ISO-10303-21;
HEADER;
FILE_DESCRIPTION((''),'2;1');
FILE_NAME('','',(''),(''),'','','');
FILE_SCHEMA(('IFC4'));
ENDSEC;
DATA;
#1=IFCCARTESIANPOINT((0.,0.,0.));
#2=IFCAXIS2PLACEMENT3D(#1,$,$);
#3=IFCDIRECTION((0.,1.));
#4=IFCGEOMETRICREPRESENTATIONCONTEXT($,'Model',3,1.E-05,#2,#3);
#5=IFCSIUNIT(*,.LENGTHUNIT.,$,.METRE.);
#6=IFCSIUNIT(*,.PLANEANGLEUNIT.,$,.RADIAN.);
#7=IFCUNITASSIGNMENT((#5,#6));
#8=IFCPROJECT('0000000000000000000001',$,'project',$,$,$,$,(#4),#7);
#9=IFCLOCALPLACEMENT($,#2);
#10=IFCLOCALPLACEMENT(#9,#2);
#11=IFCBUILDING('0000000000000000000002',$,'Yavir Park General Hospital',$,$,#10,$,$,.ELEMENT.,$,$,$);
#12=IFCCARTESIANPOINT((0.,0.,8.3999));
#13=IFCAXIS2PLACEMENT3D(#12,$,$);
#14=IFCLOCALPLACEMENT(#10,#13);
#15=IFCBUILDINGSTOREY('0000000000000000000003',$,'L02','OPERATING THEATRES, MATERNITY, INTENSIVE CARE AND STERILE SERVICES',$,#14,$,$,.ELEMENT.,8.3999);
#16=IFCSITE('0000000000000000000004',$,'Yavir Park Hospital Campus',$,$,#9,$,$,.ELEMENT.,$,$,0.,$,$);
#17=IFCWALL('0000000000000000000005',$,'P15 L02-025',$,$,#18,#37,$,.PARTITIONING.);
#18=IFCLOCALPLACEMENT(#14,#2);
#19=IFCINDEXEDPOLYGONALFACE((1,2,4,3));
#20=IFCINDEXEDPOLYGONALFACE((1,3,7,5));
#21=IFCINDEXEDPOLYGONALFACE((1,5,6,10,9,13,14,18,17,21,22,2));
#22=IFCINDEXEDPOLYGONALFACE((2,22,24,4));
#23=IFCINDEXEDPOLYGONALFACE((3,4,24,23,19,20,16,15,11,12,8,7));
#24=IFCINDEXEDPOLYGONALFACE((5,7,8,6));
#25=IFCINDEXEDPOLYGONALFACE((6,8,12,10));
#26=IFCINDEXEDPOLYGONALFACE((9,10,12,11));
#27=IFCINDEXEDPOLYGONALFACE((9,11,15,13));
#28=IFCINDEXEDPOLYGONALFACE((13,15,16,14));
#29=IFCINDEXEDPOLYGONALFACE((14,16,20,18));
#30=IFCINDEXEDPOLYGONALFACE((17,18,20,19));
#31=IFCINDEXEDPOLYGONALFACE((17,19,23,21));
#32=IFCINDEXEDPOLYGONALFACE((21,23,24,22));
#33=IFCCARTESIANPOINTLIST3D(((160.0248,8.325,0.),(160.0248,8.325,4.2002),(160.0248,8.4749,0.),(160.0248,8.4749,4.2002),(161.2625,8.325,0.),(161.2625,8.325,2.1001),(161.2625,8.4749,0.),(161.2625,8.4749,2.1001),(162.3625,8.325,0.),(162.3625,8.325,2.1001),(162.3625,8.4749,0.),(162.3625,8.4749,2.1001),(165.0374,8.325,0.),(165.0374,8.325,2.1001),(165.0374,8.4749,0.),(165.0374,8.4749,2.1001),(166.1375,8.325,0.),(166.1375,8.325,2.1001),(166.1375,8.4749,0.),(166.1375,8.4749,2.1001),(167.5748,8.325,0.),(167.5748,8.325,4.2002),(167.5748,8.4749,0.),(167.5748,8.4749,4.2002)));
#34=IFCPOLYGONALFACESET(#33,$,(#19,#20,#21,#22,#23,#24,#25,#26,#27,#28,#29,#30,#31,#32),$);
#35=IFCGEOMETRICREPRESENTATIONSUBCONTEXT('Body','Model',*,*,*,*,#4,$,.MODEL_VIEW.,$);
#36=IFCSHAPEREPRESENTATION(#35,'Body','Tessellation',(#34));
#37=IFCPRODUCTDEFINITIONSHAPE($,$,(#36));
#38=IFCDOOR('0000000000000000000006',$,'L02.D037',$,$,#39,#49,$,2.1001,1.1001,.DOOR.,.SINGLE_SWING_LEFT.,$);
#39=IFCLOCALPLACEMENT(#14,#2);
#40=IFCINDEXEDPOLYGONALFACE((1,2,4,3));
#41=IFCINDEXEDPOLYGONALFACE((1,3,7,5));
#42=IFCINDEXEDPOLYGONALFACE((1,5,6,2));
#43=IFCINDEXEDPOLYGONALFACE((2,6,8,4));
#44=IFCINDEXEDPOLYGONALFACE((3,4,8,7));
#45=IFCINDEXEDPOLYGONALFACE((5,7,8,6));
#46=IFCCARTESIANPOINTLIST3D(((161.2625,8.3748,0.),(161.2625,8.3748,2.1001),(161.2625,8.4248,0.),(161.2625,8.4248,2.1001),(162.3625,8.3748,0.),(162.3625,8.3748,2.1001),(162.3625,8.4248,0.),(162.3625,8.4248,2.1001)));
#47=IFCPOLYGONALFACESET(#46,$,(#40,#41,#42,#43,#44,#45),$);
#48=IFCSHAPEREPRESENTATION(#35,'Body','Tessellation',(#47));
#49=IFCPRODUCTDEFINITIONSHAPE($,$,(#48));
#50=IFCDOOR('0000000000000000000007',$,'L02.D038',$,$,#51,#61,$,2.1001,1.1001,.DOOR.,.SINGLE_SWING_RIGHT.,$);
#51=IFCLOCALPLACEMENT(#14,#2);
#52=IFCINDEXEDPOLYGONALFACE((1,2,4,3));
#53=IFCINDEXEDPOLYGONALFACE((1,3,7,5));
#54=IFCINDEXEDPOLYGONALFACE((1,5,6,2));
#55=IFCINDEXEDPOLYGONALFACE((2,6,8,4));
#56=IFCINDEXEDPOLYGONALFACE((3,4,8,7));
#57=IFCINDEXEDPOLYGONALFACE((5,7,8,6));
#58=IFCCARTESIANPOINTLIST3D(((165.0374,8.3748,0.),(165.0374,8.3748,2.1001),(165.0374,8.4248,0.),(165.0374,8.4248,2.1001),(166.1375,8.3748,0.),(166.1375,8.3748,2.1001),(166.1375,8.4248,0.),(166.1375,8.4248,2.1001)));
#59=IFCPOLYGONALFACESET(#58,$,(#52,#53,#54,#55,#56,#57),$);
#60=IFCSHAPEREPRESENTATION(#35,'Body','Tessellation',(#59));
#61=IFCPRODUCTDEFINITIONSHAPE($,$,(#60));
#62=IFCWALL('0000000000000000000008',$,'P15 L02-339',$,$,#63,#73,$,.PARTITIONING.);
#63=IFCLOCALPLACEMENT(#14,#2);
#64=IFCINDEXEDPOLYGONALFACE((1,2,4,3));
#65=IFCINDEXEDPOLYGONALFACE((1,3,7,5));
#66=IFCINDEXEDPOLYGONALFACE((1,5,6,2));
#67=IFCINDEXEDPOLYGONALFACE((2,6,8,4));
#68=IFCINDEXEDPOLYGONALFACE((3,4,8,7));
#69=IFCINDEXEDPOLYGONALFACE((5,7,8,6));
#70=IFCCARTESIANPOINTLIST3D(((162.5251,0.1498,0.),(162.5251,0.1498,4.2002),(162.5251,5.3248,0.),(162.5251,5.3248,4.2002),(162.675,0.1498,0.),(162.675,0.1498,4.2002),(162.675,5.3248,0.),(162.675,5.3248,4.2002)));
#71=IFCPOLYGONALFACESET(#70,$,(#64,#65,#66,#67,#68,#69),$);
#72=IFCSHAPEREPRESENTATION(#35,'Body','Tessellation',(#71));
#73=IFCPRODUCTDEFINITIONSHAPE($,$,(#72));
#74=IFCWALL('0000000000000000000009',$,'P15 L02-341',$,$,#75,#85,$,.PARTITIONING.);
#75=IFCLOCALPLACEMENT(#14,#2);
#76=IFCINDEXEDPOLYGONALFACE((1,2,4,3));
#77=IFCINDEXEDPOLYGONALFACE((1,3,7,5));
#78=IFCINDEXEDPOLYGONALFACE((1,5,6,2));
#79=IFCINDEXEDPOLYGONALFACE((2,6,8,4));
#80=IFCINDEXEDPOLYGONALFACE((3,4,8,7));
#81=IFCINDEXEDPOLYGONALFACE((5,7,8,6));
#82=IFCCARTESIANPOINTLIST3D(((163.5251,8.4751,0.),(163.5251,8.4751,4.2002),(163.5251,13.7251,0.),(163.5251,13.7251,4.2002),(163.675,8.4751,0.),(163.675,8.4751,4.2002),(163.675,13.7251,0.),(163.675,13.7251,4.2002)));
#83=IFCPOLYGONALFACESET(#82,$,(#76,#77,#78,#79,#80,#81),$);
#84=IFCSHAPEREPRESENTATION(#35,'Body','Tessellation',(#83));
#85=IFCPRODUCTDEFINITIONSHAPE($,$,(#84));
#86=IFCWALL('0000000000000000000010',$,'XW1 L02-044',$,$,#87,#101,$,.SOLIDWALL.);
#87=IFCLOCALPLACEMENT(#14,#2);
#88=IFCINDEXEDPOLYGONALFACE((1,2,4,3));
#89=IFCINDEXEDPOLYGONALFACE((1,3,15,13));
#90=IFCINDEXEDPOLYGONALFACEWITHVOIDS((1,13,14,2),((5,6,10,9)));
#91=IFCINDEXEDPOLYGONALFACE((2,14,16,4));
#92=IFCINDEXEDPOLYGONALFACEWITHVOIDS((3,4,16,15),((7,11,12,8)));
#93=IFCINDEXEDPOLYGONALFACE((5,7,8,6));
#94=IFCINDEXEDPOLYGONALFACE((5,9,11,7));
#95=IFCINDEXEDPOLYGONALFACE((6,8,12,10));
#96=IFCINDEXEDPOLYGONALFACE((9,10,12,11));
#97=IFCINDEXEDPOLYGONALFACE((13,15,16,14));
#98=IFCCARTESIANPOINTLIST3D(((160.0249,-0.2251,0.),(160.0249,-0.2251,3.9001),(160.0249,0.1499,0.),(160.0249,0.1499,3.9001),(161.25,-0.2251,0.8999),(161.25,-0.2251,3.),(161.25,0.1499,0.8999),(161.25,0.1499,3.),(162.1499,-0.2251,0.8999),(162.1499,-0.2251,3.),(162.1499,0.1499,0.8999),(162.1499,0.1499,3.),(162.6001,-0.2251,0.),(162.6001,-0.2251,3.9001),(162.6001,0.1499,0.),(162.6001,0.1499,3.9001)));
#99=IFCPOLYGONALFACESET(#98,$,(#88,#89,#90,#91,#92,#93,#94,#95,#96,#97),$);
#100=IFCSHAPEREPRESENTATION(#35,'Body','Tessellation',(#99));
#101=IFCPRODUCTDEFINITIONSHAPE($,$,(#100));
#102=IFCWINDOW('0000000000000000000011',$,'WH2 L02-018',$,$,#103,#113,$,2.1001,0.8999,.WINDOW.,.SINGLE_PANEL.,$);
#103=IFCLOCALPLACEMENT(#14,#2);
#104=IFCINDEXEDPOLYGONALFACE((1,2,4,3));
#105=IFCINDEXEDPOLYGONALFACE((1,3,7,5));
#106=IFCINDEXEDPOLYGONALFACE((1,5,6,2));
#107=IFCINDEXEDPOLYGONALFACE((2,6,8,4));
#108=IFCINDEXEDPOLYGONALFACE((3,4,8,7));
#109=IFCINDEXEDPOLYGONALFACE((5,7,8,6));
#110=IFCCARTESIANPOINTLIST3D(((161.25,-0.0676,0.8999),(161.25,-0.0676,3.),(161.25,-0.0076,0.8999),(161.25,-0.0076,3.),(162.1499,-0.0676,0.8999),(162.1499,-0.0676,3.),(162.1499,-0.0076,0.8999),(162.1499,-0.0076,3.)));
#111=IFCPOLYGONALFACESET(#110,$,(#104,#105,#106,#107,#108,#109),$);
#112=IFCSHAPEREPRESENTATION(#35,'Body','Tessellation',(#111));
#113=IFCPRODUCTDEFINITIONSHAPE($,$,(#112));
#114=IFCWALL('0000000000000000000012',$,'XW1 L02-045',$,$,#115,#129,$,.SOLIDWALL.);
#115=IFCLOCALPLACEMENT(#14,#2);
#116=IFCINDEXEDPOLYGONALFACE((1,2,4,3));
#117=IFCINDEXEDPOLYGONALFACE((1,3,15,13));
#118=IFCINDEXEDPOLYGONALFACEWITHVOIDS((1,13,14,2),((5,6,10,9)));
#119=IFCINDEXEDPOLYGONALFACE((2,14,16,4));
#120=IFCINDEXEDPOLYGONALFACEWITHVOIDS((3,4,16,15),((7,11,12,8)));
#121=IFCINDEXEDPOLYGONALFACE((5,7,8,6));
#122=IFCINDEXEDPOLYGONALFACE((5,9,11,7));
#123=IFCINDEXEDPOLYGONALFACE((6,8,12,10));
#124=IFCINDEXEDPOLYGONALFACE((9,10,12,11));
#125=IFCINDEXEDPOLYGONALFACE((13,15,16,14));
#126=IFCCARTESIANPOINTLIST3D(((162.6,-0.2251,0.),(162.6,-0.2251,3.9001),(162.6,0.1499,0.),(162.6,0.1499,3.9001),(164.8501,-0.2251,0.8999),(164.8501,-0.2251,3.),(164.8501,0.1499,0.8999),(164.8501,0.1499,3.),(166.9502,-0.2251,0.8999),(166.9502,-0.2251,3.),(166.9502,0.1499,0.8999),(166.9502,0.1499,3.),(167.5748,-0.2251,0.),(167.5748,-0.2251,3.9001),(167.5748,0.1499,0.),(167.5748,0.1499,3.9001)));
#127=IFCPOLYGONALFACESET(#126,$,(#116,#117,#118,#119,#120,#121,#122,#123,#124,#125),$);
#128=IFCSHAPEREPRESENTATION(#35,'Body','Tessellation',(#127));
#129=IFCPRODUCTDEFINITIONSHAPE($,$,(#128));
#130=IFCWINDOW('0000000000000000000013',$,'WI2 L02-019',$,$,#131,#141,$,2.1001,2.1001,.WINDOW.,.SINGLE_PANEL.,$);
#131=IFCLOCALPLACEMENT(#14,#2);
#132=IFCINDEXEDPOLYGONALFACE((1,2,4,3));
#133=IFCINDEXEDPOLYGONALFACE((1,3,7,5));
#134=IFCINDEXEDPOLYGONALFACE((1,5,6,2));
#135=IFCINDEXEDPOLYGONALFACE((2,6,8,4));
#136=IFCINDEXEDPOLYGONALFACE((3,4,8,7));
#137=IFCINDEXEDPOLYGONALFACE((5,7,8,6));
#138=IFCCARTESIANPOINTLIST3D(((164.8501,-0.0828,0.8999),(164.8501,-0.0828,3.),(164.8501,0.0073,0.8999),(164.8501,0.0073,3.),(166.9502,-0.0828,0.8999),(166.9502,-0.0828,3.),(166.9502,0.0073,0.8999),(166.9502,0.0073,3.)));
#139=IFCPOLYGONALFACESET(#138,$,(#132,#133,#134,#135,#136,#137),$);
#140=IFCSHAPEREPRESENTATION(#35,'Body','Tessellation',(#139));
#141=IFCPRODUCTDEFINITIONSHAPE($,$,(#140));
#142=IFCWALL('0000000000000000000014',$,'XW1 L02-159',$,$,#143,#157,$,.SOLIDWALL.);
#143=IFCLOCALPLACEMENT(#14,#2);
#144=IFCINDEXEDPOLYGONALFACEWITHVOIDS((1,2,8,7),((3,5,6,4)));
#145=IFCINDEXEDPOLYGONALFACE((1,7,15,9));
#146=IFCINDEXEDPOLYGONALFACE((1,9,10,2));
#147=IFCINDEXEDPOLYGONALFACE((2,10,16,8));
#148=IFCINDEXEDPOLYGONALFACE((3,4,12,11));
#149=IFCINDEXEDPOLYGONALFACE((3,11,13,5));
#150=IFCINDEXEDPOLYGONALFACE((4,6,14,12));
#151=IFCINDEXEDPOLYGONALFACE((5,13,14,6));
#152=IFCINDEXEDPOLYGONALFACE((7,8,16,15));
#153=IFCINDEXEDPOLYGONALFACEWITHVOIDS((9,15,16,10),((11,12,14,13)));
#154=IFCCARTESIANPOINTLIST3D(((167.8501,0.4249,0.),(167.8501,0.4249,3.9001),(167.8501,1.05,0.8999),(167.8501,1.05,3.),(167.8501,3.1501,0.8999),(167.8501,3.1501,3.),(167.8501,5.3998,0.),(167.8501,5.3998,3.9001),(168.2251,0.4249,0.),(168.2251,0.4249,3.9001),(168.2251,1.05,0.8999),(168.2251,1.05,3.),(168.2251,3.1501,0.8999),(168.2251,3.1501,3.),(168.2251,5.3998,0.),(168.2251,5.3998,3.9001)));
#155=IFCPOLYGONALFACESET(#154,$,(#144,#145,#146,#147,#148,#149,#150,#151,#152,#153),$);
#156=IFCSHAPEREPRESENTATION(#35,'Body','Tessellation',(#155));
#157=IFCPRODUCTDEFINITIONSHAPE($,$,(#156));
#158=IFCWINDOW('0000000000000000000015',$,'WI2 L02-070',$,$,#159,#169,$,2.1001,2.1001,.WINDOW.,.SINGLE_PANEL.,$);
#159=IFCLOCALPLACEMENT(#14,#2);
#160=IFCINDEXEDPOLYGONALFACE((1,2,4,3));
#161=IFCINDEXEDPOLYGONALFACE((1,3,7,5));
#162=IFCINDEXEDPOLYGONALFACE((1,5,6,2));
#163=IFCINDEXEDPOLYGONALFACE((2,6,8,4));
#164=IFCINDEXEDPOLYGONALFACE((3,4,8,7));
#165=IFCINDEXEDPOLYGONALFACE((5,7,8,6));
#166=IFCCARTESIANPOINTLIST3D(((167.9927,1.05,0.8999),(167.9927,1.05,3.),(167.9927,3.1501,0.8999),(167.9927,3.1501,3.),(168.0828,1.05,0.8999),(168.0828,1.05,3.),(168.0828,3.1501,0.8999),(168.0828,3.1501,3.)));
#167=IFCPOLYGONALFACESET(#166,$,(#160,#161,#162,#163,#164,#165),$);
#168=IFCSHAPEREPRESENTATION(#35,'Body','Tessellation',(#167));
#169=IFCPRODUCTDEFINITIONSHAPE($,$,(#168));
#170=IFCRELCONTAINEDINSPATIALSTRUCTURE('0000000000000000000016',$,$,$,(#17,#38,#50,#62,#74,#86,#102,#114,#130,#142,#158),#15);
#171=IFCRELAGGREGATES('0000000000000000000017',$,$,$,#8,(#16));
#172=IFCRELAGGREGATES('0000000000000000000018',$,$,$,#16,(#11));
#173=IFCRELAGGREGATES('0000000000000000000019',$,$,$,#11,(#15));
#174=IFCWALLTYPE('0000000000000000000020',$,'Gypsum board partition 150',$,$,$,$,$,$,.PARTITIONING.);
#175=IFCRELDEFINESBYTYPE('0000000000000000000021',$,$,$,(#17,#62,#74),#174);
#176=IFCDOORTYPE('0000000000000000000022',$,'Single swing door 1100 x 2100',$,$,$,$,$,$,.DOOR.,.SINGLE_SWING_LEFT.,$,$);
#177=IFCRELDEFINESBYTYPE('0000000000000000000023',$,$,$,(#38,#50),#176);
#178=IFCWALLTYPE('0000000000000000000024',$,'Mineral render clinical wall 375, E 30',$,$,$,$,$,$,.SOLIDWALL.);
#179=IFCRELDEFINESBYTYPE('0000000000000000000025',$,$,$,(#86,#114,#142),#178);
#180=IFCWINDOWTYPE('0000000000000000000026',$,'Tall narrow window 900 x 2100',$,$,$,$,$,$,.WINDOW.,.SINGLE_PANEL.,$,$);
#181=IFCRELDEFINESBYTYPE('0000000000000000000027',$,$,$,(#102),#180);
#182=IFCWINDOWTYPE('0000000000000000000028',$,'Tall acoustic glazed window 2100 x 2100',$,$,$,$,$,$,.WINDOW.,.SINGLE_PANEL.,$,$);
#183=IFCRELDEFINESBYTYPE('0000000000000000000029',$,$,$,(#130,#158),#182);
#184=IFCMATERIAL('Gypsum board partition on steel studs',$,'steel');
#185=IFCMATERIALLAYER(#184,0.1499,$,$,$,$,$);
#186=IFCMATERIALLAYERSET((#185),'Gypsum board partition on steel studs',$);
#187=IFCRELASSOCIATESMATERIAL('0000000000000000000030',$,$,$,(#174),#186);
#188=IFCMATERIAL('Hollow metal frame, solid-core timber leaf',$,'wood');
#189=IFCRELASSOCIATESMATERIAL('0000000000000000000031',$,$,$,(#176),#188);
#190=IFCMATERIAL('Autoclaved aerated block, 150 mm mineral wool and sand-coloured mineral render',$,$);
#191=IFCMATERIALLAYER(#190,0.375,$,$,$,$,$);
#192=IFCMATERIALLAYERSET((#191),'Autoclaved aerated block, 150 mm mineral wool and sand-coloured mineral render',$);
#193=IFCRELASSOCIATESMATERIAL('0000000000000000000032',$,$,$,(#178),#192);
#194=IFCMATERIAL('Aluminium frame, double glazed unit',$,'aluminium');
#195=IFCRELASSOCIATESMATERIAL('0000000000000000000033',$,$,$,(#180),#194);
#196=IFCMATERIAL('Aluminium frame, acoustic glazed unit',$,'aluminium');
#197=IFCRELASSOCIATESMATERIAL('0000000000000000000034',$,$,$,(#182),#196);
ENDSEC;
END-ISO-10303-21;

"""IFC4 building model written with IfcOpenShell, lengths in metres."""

from ifc_helpers import new_model, si_unit, direction, frame, frame_2d, origin, place, context, subcontext, project, spatial, rectangle, extrude, material, layer, layer_set, type_object, element, fill, save


model = new_model("IFC4")

# Units and contexts
model_context = context("Model", 3, precision=1e-05, world=origin(), true_north=direction((0.0, 1.0)))
body_context = subcontext(model_context, "Body", "Model", "MODEL_VIEW")
ifc_project = project(units=[si_unit("LENGTHUNIT", "METRE"), si_unit("PLANEANGLEUNIT", "RADIAN")], contexts=[model_context])

# Site, building, storey
site_placement = place(None, origin())
site = spatial("IfcSite", under=ifc_project, at=site_placement, Name="Yavir Park Hospital Campus", CompositionType="ELEMENT", RefElevation=0.0)
building_placement = place(site_placement, origin())
building = spatial("IfcBuilding", under=site, at=building_placement, Name="Yavir Park General Hospital", CompositionType="ELEMENT")
storey_placement = place(building_placement, frame((0.0, 0.0, 8.3999)))
storey = spatial("IfcBuildingStorey", under=building, at=storey_placement, Name="L02", Description="OPERATING THEATRES, MATERNITY, INTENSIVE CARE AND STERILE SERVICES", CompositionType="ELEMENT", Elevation=8.3999)

# Wall, openings, doors
ifc_material_1 = material(Name="Gypsum board partition on steel studs", Category="steel")
ifc_layer_1 = layer(ifc_material_1, 0.1499)
ifc_layer_set_1 = layer_set([ifc_layer_1], Name="Gypsum board partition on steel studs")
wall_type_1 = type_object("IfcWallType", Name="Gypsum board partition 150", PredefinedType="PARTITIONING", material=ifc_layer_set_1)
wall_1_placement = place(storey_placement, frame((160.0249, 8.3999, 0.0), z_axis=(0.0, 0.0, 1.0), x_axis=(1.0, 0.0, 0.0)))
wall_1 = element("IfcWall", 1, at=wall_1_placement, inside=storey, type_object=wall_type_1, Name="P15 L02-025", PredefinedType="PARTITIONING", context=body_context, shape_type="SweptSolid", body=[
    extrude(rectangle(XDim=7.55, YDim=0.1499, at=frame_2d((3.7749, 0.0))), origin(), (0.0, 0.0, 1.0), 4.2002),
])
opening_1_placement = place(wall_1_placement, frame((1.2375, 0.0, 0.0)))
opening_1 = element("IfcOpeningElement", 2, at=opening_1_placement, cuts=wall_1, PredefinedType="OPENING", context=body_context, shape_type="SweptSolid", body=[
    extrude(rectangle(XDim=1.1001, YDim=2.1001, at=frame_2d((0.55, 1.05))), frame((0.0, 0.085, 0.0), z_axis=(0.0, -1.0, 0.0), x_axis=(1.0, 0.0, 0.0)), (0.0, 0.0, 1.0), 0.1699),
])
opening_2_placement = place(wall_1_placement, frame((5.0125, 0.0, 0.0)))
opening_2 = element("IfcOpeningElement", 3, at=opening_2_placement, cuts=wall_1, PredefinedType="OPENING", context=body_context, shape_type="SweptSolid", body=[
    extrude(rectangle(XDim=1.1001, YDim=2.1001, at=frame_2d((0.55, 1.05))), frame((0.0, 0.085, 0.0), z_axis=(0.0, -1.0, 0.0), x_axis=(1.0, 0.0, 0.0)), (0.0, 0.0, 1.0), 0.1699),
])
ifc_material_2 = material(Name="Hollow metal frame, solid-core timber leaf", Category="wood")
door_type_1 = type_object("IfcDoorType", Name="Single swing door 1100 x 2100", OperationType="SINGLE_SWING_LEFT", PredefinedType="DOOR", material=ifc_material_2)
door_1_placement = place(opening_1_placement, origin())
door_1 = element("IfcDoor", 4, at=door_1_placement, inside=storey, type_object=door_type_1, Name="L02.D037", OperationType="SINGLE_SWING_LEFT", OverallHeight=2.1001, OverallWidth=1.1001, PredefinedType="DOOR", context=body_context, shape_type="SweptSolid", body=[
    extrude(rectangle(XDim=1.1001, YDim=2.1001, at=frame_2d((0.55, 1.05))), frame((0.0, 0.0249, 0.0), z_axis=(0.0, -1.0, 0.0), x_axis=(1.0, 0.0, 0.0)), (0.0, 0.0, 1.0), 0.05),
])
fill(opening_1, door_1)
door_2_placement = place(opening_2_placement, origin())
door_2 = element("IfcDoor", 5, at=door_2_placement, inside=storey, type_object=door_type_1, Name="L02.D038", OperationType="SINGLE_SWING_RIGHT", OverallHeight=2.1001, OverallWidth=1.1001, PredefinedType="DOOR", context=body_context, shape_type="SweptSolid", body=[
    extrude(rectangle(XDim=1.1001, YDim=2.1001, at=frame_2d((0.55, 1.05))), frame((0.0, 0.0249, 0.0), z_axis=(0.0, -1.0, 0.0), x_axis=(1.0, 0.0, 0.0)), (0.0, 0.0, 1.0), 0.05),
])
fill(opening_2, door_2)

# Walls
wall_2_placement = place(storey_placement, frame((162.6001, 0.1499, 0.0), z_axis=(0.0, 0.0, 1.0), x_axis=(0.0, 1.0, 0.0)))
element("IfcWall", 6, at=wall_2_placement, inside=storey, type_object=wall_type_1, Name="P15 L02-339", PredefinedType="PARTITIONING", context=body_context, shape_type="SweptSolid", body=[
    extrude(rectangle(XDim=5.175, YDim=0.1499, at=frame_2d((2.5874, 0.0))), origin(), (0.0, 0.0, 1.0), 4.2002),
])
wall_3_placement = place(storey_placement, frame((163.6001, 8.4751, 0.0), z_axis=(0.0, 0.0, 1.0), x_axis=(0.0, 1.0, 0.0)))
element("IfcWall", 7, at=wall_3_placement, inside=storey, type_object=wall_type_1, Name="P15 L02-341", PredefinedType="PARTITIONING", context=body_context, shape_type="SweptSolid", body=[
    extrude(rectangle(XDim=5.25, YDim=0.1499, at=frame_2d((2.625, 0.0))), origin(), (0.0, 0.0, 1.0), 4.2002),
])

# Walls, openings, windows
ifc_material_3 = material(Name="Autoclaved aerated block, 150 mm mineral wool and sand-coloured mineral render")
ifc_layer_2 = layer(ifc_material_3, 0.375)
ifc_layer_set_2 = layer_set([ifc_layer_2], Name="Autoclaved aerated block, 150 mm mineral wool and sand-coloured mineral render")
wall_type_2 = type_object("IfcWallType", Name="Mineral render clinical wall 375, E 30", PredefinedType="SOLIDWALL", material=ifc_layer_set_2)
wall_4_placement = place(storey_placement, frame((160.0249, -0.0376, 0.0), z_axis=(0.0, 0.0, 1.0), x_axis=(1.0, 0.0, 0.0)))
wall_4 = element("IfcWall", 8, at=wall_4_placement, inside=storey, type_object=wall_type_2, Name="XW1 L02-044", PredefinedType="SOLIDWALL", context=body_context, shape_type="SweptSolid", body=[
    extrude(rectangle(XDim=2.5752, YDim=0.375, at=frame_2d((1.2876, 0.0))), origin(), (0.0, 0.0, 1.0), 3.9001),
])
opening_3_placement = place(wall_4_placement, frame((1.2251, 0.0, 0.8999)))
opening_3 = element("IfcOpeningElement", 9, at=opening_3_placement, cuts=wall_4, PredefinedType="OPENING", context=body_context, shape_type="SweptSolid", body=[
    extrude(rectangle(XDim=0.8999, YDim=2.1001, at=frame_2d((0.45, 1.05))), frame((0.0, 0.1975, 0.0), z_axis=(0.0, -1.0, 0.0), x_axis=(1.0, 0.0, 0.0)), (0.0, 0.0, 1.0), 0.395),
])
ifc_material_4 = material(Name="Aluminium frame, double glazed unit", Category="aluminium")
window_type_1 = type_object("IfcWindowType", Name="Tall narrow window 900 x 2100", PartitioningType="SINGLE_PANEL", PredefinedType="WINDOW", material=ifc_material_4)
window_1_placement = place(opening_3_placement, origin())
window_1 = element("IfcWindow", 10, at=window_1_placement, inside=storey, type_object=window_type_1, Name="WH2 L02-018", OverallHeight=2.1001, OverallWidth=0.8999, PartitioningType="SINGLE_PANEL", PredefinedType="WINDOW", context=body_context, shape_type="SweptSolid", body=[
    extrude(rectangle(XDim=0.8999, YDim=2.1001, at=frame_2d((0.45, 1.05))), frame((0.0, 0.03, 0.0), z_axis=(0.0, -1.0, 0.0), x_axis=(1.0, 0.0, 0.0)), (0.0, 0.0, 1.0), 0.0601),
])
fill(opening_3, window_1)
wall_5_placement = place(storey_placement, frame((162.6001, -0.0376, 0.0), z_axis=(0.0, 0.0, 1.0), x_axis=(1.0, 0.0, 0.0)))
wall_5 = element("IfcWall", 11, at=wall_5_placement, inside=storey, type_object=wall_type_2, Name="XW1 L02-045", PredefinedType="SOLIDWALL", context=body_context, shape_type="SweptSolid", body=[
    extrude(rectangle(XDim=4.9749, YDim=0.375, at=frame_2d((2.4873, 0.0))), origin(), (0.0, 0.0, 1.0), 3.9001),
])
opening_4_placement = place(wall_5_placement, frame((2.25, 0.0, 0.8999)))
opening_4 = element("IfcOpeningElement", 12, at=opening_4_placement, cuts=wall_5, PredefinedType="OPENING", context=body_context, shape_type="SweptSolid", body=[
    extrude(rectangle(XDim=2.1001, YDim=2.1001, at=frame_2d((1.05, 1.05))), frame((0.0, 0.1975, 0.0), z_axis=(0.0, -1.0, 0.0), x_axis=(1.0, 0.0, 0.0)), (0.0, 0.0, 1.0), 0.395),
])
ifc_material_5 = material(Name="Aluminium frame, acoustic glazed unit", Category="aluminium")
window_type_2 = type_object("IfcWindowType", Name="Tall acoustic glazed window 2100 x 2100", PartitioningType="SINGLE_PANEL", PredefinedType="WINDOW", material=ifc_material_5)
window_2_placement = place(opening_4_placement, origin())
window_2 = element("IfcWindow", 13, at=window_2_placement, inside=storey, type_object=window_type_2, Name="WI2 L02-019", OverallHeight=2.1001, OverallWidth=2.1001, PartitioningType="SINGLE_PANEL", PredefinedType="WINDOW", context=body_context, shape_type="SweptSolid", body=[
    extrude(rectangle(XDim=2.1001, YDim=2.1001, at=frame_2d((1.05, 1.05))), frame((0.0, 0.0449, 0.0), z_axis=(0.0, -1.0, 0.0), x_axis=(1.0, 0.0, 0.0)), (0.0, 0.0, 1.0), 0.0901),
])
fill(opening_4, window_2)
wall_6_placement = place(storey_placement, frame((168.0376, 0.425, 0.0), z_axis=(0.0, 0.0, 1.0), x_axis=(0.0, 1.0, 0.0)))
wall_6 = element("IfcWall", 14, at=wall_6_placement, inside=storey, type_object=wall_type_2, Name="XW1 L02-159", PredefinedType="SOLIDWALL", context=body_context, shape_type="SweptSolid", body=[
    extrude(rectangle(XDim=4.9749, YDim=0.375, at=frame_2d((2.4873, 0.0))), origin(), (0.0, 0.0, 1.0), 3.9001),
])
opening_5_placement = place(wall_6_placement, frame((0.625, 0.0, 0.8999)))
opening_5 = element("IfcOpeningElement", 15, at=opening_5_placement, cuts=wall_6, PredefinedType="OPENING", context=body_context, shape_type="SweptSolid", body=[
    extrude(rectangle(XDim=2.1001, YDim=2.1001, at=frame_2d((1.05, 1.05))), frame((0.0, 0.1975, 0.0), z_axis=(0.0, -1.0, 0.0), x_axis=(1.0, 0.0, 0.0)), (0.0, 0.0, 1.0), 0.395),
])
window_3_placement = place(opening_5_placement, origin())
window_3 = element("IfcWindow", 16, at=window_3_placement, inside=storey, type_object=window_type_2, Name="WI2 L02-070", OverallHeight=2.1001, OverallWidth=2.1001, PartitioningType="SINGLE_PANEL", PredefinedType="WINDOW", context=body_context, shape_type="SweptSolid", body=[
    extrude(rectangle(XDim=2.1001, YDim=2.1001, at=frame_2d((1.05, 1.05))), frame((0.0, 0.0449, 0.0), z_axis=(0.0, -1.0, 0.0), x_axis=(1.0, 0.0, 0.0)), (0.0, 0.0, 1.0), 0.0901),
])
fill(opening_5, window_3)

save(model, "model.ifc")
